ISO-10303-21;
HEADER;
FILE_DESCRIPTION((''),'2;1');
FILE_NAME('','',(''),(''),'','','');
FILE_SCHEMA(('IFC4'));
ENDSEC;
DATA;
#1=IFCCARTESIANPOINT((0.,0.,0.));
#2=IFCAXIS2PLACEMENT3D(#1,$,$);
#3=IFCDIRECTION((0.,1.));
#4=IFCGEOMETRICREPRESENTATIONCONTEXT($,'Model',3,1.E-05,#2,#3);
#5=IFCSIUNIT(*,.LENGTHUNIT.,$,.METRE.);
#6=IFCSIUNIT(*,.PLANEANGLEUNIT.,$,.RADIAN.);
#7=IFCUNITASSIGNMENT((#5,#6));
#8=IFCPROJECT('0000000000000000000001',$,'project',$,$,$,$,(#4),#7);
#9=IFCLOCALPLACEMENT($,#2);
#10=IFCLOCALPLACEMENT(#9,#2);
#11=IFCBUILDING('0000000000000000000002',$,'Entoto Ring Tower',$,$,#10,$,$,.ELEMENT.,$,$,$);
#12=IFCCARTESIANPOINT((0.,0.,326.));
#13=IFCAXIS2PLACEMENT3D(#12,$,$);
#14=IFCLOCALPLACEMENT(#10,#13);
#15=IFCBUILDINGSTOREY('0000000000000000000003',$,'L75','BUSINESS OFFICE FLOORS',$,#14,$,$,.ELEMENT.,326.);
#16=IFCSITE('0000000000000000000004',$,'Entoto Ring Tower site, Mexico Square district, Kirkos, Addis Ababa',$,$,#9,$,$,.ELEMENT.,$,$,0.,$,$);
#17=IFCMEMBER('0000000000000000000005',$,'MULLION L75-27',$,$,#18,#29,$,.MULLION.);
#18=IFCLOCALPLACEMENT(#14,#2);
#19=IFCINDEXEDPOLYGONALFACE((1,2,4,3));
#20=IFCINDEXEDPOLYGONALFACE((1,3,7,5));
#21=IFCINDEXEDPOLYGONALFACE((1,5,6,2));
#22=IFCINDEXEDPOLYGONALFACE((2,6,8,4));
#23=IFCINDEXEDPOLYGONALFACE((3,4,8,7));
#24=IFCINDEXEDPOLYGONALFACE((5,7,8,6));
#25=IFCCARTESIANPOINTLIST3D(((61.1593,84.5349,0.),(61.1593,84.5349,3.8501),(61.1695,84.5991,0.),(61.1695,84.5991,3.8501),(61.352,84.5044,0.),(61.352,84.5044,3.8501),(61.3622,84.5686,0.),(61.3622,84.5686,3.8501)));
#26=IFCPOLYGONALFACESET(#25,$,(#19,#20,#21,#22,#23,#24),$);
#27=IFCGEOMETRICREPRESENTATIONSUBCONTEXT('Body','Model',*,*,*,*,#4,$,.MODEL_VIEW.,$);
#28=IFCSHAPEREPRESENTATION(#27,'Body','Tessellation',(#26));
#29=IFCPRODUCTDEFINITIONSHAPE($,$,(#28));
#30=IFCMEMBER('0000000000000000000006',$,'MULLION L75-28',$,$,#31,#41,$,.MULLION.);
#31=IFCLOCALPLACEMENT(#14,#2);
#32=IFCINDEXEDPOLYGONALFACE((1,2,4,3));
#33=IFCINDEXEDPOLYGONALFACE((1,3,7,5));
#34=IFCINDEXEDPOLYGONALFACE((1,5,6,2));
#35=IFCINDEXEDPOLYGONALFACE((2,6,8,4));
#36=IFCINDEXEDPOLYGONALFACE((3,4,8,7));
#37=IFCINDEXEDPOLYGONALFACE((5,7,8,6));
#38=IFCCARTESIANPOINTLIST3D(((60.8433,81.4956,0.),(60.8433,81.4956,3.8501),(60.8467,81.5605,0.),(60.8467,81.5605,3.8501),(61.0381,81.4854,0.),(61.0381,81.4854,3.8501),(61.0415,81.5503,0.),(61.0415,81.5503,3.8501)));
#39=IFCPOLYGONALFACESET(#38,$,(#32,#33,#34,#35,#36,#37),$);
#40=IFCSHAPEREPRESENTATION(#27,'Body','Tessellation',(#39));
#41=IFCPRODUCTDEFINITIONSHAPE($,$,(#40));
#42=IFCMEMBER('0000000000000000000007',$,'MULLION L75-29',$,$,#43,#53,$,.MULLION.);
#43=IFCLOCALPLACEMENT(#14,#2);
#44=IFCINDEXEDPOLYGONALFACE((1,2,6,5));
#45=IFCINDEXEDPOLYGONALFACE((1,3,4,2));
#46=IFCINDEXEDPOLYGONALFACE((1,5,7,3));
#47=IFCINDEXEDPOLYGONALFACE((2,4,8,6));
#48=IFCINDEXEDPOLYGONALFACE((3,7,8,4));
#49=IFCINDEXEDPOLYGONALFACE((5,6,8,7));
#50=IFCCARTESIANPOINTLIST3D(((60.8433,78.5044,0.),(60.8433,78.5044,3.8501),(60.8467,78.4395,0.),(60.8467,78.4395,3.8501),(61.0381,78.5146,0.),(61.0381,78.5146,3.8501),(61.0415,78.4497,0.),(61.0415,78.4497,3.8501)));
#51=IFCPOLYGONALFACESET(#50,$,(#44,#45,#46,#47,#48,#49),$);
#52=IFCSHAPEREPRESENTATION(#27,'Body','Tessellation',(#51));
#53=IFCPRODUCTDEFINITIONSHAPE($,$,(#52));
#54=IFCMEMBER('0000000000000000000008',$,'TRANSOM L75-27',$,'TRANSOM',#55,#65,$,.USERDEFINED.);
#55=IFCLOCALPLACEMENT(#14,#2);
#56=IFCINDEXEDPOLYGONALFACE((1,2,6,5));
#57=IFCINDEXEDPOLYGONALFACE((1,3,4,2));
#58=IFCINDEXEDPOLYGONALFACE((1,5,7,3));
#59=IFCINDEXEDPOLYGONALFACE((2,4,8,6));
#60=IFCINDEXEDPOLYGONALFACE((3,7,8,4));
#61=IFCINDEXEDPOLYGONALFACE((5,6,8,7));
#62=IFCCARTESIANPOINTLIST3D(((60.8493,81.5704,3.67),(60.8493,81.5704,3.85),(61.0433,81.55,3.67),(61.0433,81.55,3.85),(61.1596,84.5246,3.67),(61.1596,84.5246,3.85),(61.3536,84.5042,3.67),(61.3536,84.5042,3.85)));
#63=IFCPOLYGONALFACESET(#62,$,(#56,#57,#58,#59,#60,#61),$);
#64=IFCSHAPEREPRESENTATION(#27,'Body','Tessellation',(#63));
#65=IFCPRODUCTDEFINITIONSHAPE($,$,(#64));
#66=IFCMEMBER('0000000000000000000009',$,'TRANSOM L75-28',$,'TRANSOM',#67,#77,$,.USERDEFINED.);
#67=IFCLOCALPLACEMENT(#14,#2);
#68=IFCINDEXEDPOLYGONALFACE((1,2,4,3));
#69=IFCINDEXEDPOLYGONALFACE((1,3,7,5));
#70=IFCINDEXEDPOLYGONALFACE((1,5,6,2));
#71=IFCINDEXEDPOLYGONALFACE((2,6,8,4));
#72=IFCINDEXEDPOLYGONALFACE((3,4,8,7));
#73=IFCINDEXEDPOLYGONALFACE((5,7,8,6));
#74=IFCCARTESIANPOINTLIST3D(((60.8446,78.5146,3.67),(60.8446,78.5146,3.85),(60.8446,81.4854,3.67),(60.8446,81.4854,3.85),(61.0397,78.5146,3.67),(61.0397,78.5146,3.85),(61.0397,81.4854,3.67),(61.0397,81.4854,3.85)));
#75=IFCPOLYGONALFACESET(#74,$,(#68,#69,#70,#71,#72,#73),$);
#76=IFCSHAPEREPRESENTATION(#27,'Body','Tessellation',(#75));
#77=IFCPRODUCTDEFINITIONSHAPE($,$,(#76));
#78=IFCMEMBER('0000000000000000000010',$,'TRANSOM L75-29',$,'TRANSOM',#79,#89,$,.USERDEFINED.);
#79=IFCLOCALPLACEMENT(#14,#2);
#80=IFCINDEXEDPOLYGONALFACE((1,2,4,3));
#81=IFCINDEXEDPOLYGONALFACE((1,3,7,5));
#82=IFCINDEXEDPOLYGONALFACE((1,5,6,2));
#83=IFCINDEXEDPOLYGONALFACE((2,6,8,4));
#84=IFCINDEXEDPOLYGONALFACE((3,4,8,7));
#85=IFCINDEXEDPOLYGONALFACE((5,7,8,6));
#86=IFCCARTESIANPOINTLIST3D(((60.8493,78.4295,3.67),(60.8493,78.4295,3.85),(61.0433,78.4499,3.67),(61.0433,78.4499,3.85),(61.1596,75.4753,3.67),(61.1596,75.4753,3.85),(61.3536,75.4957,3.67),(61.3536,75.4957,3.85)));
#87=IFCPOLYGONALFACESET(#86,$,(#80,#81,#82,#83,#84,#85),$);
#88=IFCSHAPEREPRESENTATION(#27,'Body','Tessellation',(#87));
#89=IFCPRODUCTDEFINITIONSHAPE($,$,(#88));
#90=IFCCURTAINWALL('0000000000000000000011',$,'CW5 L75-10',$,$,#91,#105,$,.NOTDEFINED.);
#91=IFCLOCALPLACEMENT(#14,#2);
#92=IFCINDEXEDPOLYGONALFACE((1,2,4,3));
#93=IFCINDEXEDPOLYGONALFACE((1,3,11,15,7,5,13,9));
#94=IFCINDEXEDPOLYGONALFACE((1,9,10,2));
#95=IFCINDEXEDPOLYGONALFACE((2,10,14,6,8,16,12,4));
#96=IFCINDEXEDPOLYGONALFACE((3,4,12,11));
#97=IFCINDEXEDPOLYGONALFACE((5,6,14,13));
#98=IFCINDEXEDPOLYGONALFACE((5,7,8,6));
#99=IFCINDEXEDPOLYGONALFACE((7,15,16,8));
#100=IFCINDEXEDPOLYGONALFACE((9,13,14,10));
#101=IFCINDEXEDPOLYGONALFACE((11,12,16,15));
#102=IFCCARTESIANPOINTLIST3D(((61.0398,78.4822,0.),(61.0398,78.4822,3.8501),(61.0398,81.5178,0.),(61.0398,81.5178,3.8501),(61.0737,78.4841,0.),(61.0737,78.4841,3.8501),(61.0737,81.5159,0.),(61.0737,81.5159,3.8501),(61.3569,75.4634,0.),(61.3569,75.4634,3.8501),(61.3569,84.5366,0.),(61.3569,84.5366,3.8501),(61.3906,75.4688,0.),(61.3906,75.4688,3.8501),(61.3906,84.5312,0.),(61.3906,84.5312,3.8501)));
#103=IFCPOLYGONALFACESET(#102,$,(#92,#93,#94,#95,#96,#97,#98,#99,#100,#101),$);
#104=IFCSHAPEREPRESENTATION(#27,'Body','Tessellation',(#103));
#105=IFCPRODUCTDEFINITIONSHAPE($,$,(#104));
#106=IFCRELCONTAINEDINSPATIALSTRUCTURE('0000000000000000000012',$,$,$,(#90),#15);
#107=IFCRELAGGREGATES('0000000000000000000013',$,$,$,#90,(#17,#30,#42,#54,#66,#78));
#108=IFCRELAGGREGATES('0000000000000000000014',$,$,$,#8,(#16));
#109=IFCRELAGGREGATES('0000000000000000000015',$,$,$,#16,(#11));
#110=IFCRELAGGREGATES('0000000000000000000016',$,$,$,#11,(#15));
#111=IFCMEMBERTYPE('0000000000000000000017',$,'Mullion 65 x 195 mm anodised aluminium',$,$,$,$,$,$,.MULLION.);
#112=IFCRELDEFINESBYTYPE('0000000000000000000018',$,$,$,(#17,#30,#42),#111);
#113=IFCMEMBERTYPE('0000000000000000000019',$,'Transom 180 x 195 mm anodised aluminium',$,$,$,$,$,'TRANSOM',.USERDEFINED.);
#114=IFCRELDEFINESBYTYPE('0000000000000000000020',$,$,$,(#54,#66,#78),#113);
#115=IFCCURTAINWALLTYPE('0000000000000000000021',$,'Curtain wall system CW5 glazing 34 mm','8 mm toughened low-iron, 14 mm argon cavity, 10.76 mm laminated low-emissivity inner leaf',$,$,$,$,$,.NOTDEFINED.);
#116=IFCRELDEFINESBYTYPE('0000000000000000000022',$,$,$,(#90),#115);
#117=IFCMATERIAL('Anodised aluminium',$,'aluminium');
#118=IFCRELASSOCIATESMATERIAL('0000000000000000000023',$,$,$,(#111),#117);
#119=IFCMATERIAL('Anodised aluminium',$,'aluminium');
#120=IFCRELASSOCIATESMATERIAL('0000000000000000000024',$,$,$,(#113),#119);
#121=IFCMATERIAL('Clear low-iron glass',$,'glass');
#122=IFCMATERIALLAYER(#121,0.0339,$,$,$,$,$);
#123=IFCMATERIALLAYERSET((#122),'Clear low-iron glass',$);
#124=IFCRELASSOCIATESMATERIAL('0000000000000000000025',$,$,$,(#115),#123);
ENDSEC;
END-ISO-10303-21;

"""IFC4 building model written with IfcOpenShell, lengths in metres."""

from ifc_helpers import new_model, si_unit, direction, frame, origin, origin_2d, place, context, subcontext, project, spatial, polyline, rectangle, outline, extrude, material, layer, layer_set, material_profile, profile_set, type_object, element, aggregate, save


model = new_model("IFC4")

# Units and contexts
model_context = context("Model", 3, precision=1e-05, world=origin(), true_north=direction((0.0, 1.0)))
body_context = subcontext(model_context, "Body", "Model", "MODEL_VIEW")
ifc_project = project(units=[si_unit("LENGTHUNIT", "METRE"), si_unit("PLANEANGLEUNIT", "RADIAN")], contexts=[model_context])

# Members
ifc_material_1 = material(Name="Anodised aluminium", Category="aluminium")
ifc_material_profile_1 = material_profile(ifc_material_1, rectangle(XDim=0.0649, YDim=0.1951, at=origin_2d()), Name="Mullion 65 x 195 mm anodised aluminium")
ifc_profile_set_1 = profile_set([ifc_material_profile_1], Name="Anodised aluminium")
member_type_1 = type_object("IfcMemberType", Name="Mullion 65 x 195 mm anodised aluminium", PredefinedType="MULLION", material=ifc_profile_set_1)
site_placement = place(None, origin())
building_placement = place(site_placement, origin())
storey_placement = place(building_placement, frame((0.0, 0.0, 326.0)))
member_1_placement = place(storey_placement, frame((61.2607, 84.5518, 0.0), z_axis=(0.0, 0.0, 1.0), x_axis=(-0.156434, -0.987688, 0.0)))
member_1 = element("IfcMember", 1, at=member_1_placement, type_object=member_type_1, Name="MULLION L75-27", PredefinedType="MULLION", context=body_context, shape_type="SweptSolid", body=[
    extrude(rectangle(XDim=0.0649, YDim=0.1951, at=origin_2d()), origin(), (0.0, 0.0, 1.0), 3.8501),
])
member_2_placement = place(storey_placement, frame((60.9424, 81.5229, 0.0), z_axis=(0.0, 0.0, 1.0), x_axis=(-0.052336, -0.99863, 0.0)))
member_2 = element("IfcMember", 2, at=member_2_placement, type_object=member_type_1, Name="MULLION L75-28", PredefinedType="MULLION", context=body_context, shape_type="SweptSolid", body=[
    extrude(rectangle(XDim=0.0649, YDim=0.1951, at=origin_2d()), origin(), (0.0, 0.0, 1.0), 3.8501),
])
member_3_placement = place(storey_placement, frame((60.9424, 78.4771, 0.0), z_axis=(0.0, 0.0, 1.0), x_axis=(0.052336, -0.99863, 0.0)))
member_3 = element("IfcMember", 3, at=member_3_placement, type_object=member_type_1, Name="MULLION L75-29", PredefinedType="MULLION", context=body_context, shape_type="SweptSolid", body=[
    extrude(rectangle(XDim=0.0649, YDim=0.1951, at=origin_2d()), origin(), (0.0, 0.0, 1.0), 3.8501),
])
ifc_material_2 = material(Name="Anodised aluminium", Category="aluminium")
ifc_material_profile_2 = material_profile(ifc_material_2, rectangle(XDim=0.1951, YDim=0.1799, at=origin_2d()), Name="Transom 180 x 195 mm anodised aluminium")
ifc_profile_set_2 = profile_set([ifc_material_profile_2], Name="Anodised aluminium")
member_type_2 = type_object("IfcMemberType", Name="Transom 180 x 195 mm anodised aluminium", ElementType="TRANSOM", PredefinedType="USERDEFINED", material=ifc_profile_set_2)
member_4_placement = place(storey_placement, frame((61.2566, 84.5144, 3.76), z_axis=(-0.104467, -0.994528, 0.0), x_axis=(0.994528, -0.104467, 0.0)))
member_4 = element("IfcMember", 4, at=member_4_placement, type_object=member_type_2, Name="TRANSOM L75-27", ObjectType="TRANSOM", PredefinedType="USERDEFINED", context=body_context, shape_type="SweptSolid", body=[
    extrude(rectangle(XDim=0.1951, YDim=0.1799, at=origin_2d()), origin(), (0.0, 0.0, 1.0), 2.9705),
])
member_5_placement = place(storey_placement, frame((60.9421, 81.4854, 3.76), z_axis=(0.0, -1.0, 0.0), x_axis=(1.0, 0.0, 0.0)))
member_5 = element("IfcMember", 5, at=member_5_placement, type_object=member_type_2, Name="TRANSOM L75-28", ObjectType="TRANSOM", PredefinedType="USERDEFINED", context=body_context, shape_type="SweptSolid", body=[
    extrude(rectangle(XDim=0.1951, YDim=0.1799, at=origin_2d()), origin(), (0.0, 0.0, 1.0), 2.9707),
])
member_6_placement = place(storey_placement, frame((60.9463, 78.4397, 3.76), z_axis=(0.104467, -0.994528, 0.0), x_axis=(0.994528, 0.104467, 0.0)))
member_6 = element("IfcMember", 6, at=member_6_placement, type_object=member_type_2, Name="TRANSOM L75-29", ObjectType="TRANSOM", PredefinedType="USERDEFINED", context=body_context, shape_type="SweptSolid", body=[
    extrude(rectangle(XDim=0.1951, YDim=0.1799, at=origin_2d()), origin(), (0.0, 0.0, 1.0), 2.9705),
])

# Site, building, storey
site = spatial("IfcSite", under=ifc_project, at=site_placement, Name="Entoto Ring Tower site, Mexico Square district, Kirkos, Addis Ababa", CompositionType="ELEMENT", RefElevation=0.0)
building = spatial("IfcBuilding", under=site, at=building_placement, Name="Entoto Ring Tower", CompositionType="ELEMENT")
storey = spatial("IfcBuildingStorey", under=building, at=storey_placement, Name="L75", Description="BUSINESS OFFICE FLOORS", CompositionType="ELEMENT", Elevation=326.0)

# Curtain wall
ifc_material_3 = material(Name="Clear low-iron glass", Category="glass")
ifc_layer = layer(ifc_material_3, 0.0339)
ifc_layer_set = layer_set([ifc_layer], Name="Clear low-iron glass")
curtain_wall_type = type_object("IfcCurtainWallType", Name="Curtain wall system CW5 glazing 34 mm", Description="8 mm toughened low-iron, 14 mm argon cavity, 10.76 mm laminated low-emissivity inner leaf", PredefinedType="NOTDEFINED", material=ifc_layer_set)
curtain_wall_1_placement = place(storey_placement, origin())
curtain_wall_1 = element("IfcCurtainWall", 7, at=curtain_wall_1_placement, inside=storey, type_object=curtain_wall_type, Name="CW5 L75-10", PredefinedType="NOTDEFINED", context=body_context, shape_type="SweptSolid", body=[
    extrude(outline(polyline([(61.3569, 84.5366), (61.0398, 81.5178), (61.0398, 78.4822), (61.3569, 75.4634), (61.3906, 75.4688), (61.0737, 78.4841), (61.0737, 81.5159), (61.3906, 84.5312), (61.3569, 84.5366)])), origin(), (0.0, 0.0, 1.0), 3.8501),
])
aggregate(curtain_wall_1, [member_1, member_2, member_3, member_4, member_5, member_6])

save(model, "model.ifc")
